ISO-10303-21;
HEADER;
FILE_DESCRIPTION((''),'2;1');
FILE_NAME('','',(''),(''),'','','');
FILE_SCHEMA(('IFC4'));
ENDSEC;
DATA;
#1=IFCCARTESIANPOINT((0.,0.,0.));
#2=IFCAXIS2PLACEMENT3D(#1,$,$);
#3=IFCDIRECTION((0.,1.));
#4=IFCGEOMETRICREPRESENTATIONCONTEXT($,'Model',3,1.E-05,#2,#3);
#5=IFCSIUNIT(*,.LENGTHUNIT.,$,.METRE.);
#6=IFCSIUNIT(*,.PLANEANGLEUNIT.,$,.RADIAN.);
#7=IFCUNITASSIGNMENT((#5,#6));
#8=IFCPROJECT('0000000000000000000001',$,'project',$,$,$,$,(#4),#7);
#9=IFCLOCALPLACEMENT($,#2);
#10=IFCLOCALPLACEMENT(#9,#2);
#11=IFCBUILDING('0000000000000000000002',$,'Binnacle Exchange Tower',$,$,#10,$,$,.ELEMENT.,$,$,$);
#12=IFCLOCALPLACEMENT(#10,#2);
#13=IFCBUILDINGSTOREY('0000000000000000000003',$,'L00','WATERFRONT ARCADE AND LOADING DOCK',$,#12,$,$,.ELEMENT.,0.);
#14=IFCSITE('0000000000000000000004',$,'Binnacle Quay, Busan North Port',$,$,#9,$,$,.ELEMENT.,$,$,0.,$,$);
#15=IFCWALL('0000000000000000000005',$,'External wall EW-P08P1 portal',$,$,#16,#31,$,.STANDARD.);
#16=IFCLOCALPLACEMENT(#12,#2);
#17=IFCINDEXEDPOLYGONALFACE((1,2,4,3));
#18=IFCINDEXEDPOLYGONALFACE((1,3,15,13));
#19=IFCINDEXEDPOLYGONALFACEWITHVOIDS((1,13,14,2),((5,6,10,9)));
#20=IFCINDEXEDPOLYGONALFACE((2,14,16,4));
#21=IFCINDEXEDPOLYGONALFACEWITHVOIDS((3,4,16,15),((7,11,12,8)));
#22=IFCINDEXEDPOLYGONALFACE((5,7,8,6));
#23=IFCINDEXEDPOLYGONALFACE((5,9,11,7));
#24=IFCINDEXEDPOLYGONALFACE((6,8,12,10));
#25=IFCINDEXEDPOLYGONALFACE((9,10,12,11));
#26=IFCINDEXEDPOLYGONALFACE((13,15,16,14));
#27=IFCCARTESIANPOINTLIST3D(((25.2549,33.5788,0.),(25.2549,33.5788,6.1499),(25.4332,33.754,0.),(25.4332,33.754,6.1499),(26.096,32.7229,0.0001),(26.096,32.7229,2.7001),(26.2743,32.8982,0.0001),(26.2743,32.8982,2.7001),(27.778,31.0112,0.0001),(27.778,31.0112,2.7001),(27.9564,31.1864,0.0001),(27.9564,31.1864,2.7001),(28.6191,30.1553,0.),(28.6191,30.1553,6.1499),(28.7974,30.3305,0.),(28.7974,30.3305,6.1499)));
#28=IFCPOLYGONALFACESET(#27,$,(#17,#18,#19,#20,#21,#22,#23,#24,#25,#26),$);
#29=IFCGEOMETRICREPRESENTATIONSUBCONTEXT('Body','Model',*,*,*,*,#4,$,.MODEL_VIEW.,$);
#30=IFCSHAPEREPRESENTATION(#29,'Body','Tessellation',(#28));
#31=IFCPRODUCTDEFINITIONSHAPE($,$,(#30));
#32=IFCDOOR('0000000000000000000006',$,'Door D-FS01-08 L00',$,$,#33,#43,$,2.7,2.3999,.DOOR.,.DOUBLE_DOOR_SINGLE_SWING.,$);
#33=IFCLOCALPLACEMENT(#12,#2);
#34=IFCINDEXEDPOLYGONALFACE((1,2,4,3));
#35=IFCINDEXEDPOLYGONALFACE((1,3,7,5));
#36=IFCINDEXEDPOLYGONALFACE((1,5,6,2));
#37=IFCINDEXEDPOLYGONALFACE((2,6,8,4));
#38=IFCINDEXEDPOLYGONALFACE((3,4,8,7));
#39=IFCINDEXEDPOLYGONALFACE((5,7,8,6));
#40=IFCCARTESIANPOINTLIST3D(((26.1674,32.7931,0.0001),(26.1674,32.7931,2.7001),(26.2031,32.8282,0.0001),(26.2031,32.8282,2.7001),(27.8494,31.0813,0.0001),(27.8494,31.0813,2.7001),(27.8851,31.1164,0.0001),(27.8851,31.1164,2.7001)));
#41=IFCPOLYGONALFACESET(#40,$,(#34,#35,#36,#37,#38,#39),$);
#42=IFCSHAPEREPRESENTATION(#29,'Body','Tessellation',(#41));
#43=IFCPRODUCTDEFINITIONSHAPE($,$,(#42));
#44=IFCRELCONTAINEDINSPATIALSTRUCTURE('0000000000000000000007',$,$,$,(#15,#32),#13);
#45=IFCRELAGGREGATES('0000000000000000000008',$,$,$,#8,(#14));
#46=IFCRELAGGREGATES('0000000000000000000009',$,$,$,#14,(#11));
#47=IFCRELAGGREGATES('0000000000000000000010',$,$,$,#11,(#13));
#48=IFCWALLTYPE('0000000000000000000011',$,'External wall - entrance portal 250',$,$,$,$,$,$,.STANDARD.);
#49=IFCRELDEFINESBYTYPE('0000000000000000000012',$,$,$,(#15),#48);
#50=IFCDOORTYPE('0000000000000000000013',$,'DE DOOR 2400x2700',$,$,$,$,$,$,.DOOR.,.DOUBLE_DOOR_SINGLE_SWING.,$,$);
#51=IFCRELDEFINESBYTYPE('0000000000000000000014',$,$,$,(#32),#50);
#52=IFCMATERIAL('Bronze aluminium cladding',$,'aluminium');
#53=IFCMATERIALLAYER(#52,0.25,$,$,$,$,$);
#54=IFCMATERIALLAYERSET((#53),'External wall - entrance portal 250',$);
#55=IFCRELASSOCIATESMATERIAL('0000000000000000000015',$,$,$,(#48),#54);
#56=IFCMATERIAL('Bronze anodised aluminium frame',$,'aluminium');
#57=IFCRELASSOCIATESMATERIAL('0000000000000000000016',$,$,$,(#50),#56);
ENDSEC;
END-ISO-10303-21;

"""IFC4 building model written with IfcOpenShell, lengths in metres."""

from ifc_helpers import new_model, si_unit, direction, frame, frame_2d, origin, place, context, subcontext, project, spatial, rectangle, extrude, material, layer, layer_set, type_object, element, fill, save


model = new_model("IFC4")

# Units and contexts
model_context = context("Model", 3, precision=1e-05, world=origin(), true_north=direction((0.0, 1.0)))
body_context = subcontext(model_context, "Body", "Model", "MODEL_VIEW")
ifc_project = project(units=[si_unit("LENGTHUNIT", "METRE"), si_unit("PLANEANGLEUNIT", "RADIAN")], contexts=[model_context])

# Site, building, storey
site_placement = place(None, origin())
site = spatial("IfcSite", under=ifc_project, at=site_placement, Name="Binnacle Quay, Busan North Port", CompositionType="ELEMENT", RefElevation=0.0)
building_placement = place(site_placement, origin())
building = spatial("IfcBuilding", under=site, at=building_placement, Name="Binnacle Exchange Tower", CompositionType="ELEMENT")
storey_placement = place(building_placement, origin())
storey = spatial("IfcBuildingStorey", under=building, at=storey_placement, Name="L00", Description="WATERFRONT ARCADE AND LOADING DOCK", CompositionType="ELEMENT", Elevation=0.0)

# Shared definitions
ifc_material_1 = material(Name="Bronze anodised aluminium frame", Category="aluminium")

# Wall, opening, door
ifc_material_2 = material(Name="Bronze aluminium cladding", Category="aluminium")
ifc_layer_1 = layer(ifc_material_2, 0.25)
ifc_layer_set_1 = layer_set([ifc_layer_1], Name="External wall - entrance portal 250")
wall_type = type_object("IfcWallType", Name="External wall - entrance portal 250", PredefinedType="STANDARD", material=ifc_layer_set_1)
wall_placement = place(storey_placement, frame((28.7083, 30.2429, 0.0), z_axis=(0.0, 0.0, 1.0), x_axis=(-0.7009, 0.71326, 0.0)))
wall = element("IfcWall", 1, at=wall_placement, inside=storey, type_object=wall_type, Name="External wall EW-P08P1 portal", PredefinedType="STANDARD", context=body_context, shape_type="SweptSolid", body=[
    extrude(rectangle(XDim=4.7998, YDim=0.25, at=frame_2d((2.3999, 0.0))), origin(), (0.0, 0.0, 1.0), 6.1499),
])
opening_placement = place(wall_placement, frame((1.2, 0.0, 0.0)))
opening = element("IfcOpeningElement", 2, at=opening_placement, cuts=wall, PredefinedType="OPENING", context=body_context, shape_type="SweptSolid", body=[
    extrude(rectangle(XDim=2.3999, YDim=2.7, at=frame_2d((1.2, 1.3501))), frame((0.0, 0.135, 0.0), z_axis=(0.0, -1.0, 0.0), x_axis=(1.0, 0.0, 0.0)), (0.0, 0.0, 1.0), 0.27),
])
door_type = type_object("IfcDoorType", Name="DE DOOR 2400x2700", OperationType="DOUBLE_DOOR_SINGLE_SWING", PredefinedType="DOOR", material=ifc_material_1)
door_placement = place(opening_placement, origin())
door = element("IfcDoor", 3, at=door_placement, inside=storey, type_object=door_type, Name="Door D-FS01-08 L00", OperationType="DOUBLE_DOOR_SINGLE_SWING", OverallHeight=2.7, OverallWidth=2.3999, PredefinedType="DOOR", context=body_context, shape_type="SweptSolid", body=[
    extrude(rectangle(XDim=2.3999, YDim=2.7, at=frame_2d((1.2, 1.3501))), frame((0.0, 0.0249, 0.0), z_axis=(0.0, -1.0, 0.0), x_axis=(1.0, 0.0, 0.0)), (0.0, 0.0, 1.0), 0.05),
])
fill(opening, door)

save(model, "model.ifc")
